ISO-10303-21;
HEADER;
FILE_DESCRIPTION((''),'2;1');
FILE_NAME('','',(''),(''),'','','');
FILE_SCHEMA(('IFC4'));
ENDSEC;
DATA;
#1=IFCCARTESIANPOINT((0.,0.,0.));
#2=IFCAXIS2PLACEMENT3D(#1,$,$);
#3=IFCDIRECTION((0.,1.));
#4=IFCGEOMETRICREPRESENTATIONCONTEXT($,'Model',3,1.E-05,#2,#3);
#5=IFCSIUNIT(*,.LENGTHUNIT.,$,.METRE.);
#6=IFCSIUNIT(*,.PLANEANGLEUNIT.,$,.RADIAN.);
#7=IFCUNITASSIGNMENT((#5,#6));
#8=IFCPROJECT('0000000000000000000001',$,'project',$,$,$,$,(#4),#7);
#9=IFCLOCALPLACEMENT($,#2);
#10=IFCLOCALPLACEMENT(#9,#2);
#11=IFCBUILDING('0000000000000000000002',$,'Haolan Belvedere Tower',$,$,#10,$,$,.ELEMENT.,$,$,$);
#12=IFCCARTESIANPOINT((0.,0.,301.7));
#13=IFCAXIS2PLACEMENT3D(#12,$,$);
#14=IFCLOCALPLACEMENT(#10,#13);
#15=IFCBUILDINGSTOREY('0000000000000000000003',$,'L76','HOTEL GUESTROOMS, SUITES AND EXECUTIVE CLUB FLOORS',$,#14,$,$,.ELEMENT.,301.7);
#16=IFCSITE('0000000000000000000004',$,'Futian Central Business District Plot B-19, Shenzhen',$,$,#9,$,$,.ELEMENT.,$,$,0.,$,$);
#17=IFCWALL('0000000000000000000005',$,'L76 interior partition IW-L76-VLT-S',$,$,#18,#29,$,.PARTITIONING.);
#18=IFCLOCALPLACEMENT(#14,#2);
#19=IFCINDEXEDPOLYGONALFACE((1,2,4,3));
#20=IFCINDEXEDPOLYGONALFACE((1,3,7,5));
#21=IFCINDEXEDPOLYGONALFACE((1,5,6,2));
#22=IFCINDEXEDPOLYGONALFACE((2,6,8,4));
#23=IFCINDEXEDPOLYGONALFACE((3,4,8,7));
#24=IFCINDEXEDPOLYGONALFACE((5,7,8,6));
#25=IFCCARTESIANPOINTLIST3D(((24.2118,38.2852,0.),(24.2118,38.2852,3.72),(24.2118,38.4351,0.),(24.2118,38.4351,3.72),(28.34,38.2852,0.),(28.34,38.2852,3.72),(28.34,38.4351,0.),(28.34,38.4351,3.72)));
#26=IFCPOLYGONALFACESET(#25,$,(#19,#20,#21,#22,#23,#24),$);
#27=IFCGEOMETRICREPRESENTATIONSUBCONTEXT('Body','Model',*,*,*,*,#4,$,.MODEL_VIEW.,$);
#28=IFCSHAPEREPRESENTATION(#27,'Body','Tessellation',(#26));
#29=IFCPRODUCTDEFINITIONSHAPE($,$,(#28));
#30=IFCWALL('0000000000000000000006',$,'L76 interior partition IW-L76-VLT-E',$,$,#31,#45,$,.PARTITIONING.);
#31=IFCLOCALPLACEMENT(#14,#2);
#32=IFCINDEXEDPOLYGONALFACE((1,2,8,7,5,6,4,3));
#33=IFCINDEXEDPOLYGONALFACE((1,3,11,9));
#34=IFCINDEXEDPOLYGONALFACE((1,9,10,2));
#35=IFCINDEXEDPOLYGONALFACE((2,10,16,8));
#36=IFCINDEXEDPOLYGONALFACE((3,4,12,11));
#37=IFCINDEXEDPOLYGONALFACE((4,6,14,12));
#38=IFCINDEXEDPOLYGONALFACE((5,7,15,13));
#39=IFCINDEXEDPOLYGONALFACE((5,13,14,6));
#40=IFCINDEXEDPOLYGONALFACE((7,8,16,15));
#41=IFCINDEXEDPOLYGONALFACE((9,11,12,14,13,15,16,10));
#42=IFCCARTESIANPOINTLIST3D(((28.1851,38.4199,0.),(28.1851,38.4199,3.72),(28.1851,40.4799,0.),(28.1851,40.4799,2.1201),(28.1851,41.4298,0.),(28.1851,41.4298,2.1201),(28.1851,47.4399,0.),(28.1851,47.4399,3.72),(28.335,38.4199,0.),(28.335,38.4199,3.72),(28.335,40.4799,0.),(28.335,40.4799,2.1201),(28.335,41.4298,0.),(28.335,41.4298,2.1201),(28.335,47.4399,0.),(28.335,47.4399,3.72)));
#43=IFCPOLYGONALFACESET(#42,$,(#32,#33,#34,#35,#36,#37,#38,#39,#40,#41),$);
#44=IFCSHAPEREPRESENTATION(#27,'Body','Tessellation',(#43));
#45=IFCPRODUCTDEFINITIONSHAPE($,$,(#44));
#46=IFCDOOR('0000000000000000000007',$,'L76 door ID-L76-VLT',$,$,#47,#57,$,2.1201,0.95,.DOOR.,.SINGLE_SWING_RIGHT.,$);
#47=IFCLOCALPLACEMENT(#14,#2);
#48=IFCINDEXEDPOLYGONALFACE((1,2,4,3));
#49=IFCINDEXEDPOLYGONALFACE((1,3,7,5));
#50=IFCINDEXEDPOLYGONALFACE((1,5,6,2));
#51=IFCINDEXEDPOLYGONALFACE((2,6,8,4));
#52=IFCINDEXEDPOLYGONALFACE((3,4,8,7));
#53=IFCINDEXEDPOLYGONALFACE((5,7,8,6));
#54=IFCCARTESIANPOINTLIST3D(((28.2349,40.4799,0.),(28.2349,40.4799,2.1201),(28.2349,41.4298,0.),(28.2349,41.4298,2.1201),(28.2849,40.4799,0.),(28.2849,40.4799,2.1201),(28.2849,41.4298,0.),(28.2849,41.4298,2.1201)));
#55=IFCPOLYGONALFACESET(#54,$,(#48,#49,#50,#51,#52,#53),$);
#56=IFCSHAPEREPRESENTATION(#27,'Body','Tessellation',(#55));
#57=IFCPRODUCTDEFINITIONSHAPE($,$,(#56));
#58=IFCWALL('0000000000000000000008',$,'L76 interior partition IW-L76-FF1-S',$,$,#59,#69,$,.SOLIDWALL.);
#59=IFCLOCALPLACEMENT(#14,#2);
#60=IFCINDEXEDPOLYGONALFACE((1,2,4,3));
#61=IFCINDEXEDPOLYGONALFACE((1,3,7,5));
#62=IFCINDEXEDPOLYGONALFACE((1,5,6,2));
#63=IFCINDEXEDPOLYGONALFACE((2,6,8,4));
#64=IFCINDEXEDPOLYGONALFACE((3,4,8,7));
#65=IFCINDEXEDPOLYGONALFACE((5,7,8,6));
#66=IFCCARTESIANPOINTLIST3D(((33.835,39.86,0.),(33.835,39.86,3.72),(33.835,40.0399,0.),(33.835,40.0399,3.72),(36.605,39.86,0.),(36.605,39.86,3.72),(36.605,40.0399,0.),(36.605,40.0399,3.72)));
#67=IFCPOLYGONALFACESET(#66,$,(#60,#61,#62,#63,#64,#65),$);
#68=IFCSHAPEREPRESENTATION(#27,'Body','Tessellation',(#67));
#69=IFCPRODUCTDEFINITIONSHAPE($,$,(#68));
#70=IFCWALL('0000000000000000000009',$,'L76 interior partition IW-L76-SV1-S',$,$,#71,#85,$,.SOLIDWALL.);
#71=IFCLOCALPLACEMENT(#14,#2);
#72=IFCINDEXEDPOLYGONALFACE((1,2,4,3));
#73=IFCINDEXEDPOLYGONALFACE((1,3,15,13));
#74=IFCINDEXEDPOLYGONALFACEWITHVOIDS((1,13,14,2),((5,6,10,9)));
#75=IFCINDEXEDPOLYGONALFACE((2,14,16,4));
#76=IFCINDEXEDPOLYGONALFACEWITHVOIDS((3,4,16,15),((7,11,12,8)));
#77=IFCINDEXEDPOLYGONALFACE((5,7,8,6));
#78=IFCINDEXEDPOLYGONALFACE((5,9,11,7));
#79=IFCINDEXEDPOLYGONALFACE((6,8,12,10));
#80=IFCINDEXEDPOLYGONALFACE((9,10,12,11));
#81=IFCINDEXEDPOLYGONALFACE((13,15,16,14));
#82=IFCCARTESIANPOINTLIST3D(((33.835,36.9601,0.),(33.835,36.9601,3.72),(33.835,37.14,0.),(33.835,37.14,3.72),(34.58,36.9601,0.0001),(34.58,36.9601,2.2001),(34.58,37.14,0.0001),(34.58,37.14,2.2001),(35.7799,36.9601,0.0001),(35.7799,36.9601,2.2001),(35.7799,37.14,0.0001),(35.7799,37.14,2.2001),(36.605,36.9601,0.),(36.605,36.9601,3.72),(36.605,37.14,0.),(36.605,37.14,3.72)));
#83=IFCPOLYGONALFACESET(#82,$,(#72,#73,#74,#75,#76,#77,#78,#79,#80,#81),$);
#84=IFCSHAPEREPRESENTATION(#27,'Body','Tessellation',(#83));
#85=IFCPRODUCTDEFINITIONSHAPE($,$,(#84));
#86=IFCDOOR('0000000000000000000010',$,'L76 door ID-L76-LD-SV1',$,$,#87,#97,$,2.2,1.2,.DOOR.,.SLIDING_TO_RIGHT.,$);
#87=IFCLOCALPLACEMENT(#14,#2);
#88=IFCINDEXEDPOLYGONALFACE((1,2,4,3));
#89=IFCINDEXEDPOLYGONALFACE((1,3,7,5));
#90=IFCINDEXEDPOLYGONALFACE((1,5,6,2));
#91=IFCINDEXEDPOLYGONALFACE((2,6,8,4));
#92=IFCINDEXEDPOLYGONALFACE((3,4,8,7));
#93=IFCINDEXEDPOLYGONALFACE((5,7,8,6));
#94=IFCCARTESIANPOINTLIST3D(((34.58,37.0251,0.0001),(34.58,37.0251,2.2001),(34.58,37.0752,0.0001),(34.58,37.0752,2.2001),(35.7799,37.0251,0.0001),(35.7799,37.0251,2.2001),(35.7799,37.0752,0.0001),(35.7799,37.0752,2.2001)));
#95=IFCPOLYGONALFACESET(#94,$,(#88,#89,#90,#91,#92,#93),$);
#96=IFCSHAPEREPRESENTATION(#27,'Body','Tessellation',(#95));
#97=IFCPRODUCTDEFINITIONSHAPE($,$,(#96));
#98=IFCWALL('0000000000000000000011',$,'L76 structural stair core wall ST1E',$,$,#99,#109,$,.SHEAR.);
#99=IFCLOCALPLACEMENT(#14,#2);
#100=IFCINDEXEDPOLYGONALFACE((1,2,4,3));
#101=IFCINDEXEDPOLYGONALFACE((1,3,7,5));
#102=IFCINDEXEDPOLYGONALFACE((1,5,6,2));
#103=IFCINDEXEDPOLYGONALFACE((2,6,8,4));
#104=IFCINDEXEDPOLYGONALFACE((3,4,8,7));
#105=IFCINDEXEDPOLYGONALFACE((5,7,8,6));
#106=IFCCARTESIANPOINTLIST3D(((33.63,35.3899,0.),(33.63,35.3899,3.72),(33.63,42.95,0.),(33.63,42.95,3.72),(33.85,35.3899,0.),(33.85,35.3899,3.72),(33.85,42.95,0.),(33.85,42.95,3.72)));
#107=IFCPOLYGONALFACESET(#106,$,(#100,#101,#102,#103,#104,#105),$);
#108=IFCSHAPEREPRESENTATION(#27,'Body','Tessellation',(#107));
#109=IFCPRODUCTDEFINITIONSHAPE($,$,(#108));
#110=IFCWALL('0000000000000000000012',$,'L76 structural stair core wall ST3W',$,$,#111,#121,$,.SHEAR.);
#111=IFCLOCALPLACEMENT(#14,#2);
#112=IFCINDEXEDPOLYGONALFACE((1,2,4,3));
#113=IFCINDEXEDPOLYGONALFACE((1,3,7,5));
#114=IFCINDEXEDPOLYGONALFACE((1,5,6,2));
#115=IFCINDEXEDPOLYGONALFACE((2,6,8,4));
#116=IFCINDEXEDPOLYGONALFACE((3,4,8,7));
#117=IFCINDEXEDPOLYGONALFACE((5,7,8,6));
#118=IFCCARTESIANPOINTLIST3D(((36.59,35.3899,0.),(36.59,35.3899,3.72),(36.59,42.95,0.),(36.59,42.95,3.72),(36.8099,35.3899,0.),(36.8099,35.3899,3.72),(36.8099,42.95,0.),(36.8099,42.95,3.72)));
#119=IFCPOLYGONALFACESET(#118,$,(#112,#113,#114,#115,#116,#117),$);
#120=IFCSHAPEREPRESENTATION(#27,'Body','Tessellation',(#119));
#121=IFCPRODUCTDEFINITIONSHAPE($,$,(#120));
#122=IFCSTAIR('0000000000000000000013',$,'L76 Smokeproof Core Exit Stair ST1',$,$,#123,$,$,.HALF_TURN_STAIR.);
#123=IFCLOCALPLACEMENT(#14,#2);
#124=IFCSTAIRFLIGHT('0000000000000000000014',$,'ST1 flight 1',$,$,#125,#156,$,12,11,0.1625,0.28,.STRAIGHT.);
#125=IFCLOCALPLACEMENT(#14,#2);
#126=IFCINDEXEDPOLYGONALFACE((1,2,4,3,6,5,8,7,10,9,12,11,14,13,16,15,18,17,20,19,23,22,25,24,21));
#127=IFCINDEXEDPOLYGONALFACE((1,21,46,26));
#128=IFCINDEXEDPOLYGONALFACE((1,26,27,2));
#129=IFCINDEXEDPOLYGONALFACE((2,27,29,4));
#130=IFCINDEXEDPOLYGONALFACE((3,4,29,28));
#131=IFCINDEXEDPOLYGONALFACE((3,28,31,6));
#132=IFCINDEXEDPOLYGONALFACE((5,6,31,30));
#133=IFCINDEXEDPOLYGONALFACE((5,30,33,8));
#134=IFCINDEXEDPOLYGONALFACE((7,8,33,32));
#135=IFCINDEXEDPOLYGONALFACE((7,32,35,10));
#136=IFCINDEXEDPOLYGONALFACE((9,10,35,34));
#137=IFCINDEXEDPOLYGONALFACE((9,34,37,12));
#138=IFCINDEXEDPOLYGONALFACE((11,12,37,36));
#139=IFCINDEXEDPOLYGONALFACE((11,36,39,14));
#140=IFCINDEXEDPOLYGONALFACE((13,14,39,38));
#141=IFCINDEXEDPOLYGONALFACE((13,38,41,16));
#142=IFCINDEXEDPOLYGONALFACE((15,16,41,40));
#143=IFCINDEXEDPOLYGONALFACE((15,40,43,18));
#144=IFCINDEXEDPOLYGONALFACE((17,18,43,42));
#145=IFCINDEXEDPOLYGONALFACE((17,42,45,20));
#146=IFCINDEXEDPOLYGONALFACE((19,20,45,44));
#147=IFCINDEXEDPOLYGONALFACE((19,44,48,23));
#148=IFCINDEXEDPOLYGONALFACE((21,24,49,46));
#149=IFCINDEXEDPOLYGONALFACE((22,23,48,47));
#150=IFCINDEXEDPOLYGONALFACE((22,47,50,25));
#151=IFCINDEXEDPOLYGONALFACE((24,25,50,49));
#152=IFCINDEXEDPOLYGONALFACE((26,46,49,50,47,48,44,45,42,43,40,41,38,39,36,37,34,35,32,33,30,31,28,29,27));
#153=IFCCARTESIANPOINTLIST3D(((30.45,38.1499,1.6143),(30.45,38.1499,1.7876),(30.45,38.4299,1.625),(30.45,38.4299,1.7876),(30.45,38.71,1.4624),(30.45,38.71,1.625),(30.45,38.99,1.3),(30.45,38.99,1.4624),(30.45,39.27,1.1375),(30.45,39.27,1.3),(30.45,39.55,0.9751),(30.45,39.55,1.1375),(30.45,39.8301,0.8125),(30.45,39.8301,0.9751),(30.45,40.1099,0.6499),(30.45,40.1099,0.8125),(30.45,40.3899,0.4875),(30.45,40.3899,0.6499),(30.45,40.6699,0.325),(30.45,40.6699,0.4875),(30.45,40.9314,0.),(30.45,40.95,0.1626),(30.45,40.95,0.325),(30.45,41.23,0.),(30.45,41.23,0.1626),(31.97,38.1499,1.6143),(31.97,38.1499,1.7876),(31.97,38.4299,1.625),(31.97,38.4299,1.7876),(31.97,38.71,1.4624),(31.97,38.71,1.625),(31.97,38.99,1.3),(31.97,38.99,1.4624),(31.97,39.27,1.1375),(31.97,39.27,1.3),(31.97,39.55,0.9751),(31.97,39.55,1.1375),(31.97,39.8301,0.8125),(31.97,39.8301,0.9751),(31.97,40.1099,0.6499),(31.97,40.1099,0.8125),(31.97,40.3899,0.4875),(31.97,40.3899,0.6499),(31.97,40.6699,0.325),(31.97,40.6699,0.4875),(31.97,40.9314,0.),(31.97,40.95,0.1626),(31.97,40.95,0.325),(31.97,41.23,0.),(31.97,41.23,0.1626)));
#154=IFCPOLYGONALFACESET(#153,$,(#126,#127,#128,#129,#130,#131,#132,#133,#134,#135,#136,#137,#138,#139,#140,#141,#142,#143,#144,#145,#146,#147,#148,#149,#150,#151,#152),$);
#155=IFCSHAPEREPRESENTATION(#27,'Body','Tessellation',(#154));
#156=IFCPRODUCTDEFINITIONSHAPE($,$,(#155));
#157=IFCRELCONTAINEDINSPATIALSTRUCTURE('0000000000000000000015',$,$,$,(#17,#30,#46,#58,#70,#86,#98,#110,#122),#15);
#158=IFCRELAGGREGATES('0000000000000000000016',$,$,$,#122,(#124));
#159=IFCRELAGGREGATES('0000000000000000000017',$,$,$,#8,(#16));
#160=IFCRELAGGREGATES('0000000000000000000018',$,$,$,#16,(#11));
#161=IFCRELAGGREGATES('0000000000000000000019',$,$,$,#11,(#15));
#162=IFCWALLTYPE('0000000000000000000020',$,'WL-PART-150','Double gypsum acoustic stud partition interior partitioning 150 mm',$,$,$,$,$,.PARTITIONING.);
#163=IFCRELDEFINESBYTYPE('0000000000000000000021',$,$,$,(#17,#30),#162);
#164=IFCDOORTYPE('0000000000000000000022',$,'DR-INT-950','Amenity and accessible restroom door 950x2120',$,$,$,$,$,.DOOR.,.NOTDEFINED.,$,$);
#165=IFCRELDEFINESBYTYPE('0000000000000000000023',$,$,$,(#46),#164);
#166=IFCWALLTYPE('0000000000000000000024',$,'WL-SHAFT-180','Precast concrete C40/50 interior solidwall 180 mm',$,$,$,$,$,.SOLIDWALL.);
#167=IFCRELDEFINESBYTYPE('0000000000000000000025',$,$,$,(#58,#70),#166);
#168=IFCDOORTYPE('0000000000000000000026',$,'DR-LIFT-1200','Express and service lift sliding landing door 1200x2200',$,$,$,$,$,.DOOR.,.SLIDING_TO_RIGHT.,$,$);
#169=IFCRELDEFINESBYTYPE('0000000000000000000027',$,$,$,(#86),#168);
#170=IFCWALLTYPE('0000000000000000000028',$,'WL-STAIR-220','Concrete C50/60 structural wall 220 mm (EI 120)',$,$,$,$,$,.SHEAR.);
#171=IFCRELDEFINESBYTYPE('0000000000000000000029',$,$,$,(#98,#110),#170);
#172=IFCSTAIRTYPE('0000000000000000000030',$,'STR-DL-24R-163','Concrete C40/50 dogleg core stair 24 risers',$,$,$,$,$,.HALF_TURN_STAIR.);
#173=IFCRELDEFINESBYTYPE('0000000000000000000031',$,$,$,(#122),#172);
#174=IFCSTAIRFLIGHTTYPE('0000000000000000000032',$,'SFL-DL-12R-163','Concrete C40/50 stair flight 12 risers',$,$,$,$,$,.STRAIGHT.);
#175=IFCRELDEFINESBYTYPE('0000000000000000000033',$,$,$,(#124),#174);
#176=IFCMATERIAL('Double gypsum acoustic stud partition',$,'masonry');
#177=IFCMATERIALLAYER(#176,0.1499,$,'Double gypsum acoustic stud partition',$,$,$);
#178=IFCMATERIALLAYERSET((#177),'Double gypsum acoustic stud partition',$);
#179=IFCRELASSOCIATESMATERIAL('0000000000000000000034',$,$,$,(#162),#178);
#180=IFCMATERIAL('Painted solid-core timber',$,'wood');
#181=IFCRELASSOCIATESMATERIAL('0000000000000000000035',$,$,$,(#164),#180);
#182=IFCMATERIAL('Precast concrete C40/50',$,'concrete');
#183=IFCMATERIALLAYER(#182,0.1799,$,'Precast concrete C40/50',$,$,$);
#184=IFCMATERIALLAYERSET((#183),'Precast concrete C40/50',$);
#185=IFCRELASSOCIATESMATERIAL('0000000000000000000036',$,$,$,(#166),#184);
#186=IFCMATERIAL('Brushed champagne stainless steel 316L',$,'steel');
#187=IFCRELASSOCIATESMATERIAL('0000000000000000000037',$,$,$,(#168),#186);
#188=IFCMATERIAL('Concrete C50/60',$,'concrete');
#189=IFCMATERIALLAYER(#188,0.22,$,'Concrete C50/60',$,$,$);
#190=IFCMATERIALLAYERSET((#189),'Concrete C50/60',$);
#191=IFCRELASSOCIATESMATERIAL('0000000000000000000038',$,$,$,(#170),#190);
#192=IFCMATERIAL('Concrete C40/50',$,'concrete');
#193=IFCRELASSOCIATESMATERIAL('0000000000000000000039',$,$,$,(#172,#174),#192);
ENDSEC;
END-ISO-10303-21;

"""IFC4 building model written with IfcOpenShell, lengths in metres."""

from ifc_helpers import new_model, si_unit, direction, frame, frame_2d, origin, place, context, subcontext, project, spatial, polyline, rectangle, outline, extrude, material, layer, layer_set, type_object, element, fill, aggregate, save


model = new_model("IFC4")

# Units and contexts
model_context = context("Model", 3, precision=1e-05, world=origin(), true_north=direction((0.0, 1.0)))
body_context = subcontext(model_context, "Body", "Model", "MODEL_VIEW")
ifc_project = project(units=[si_unit("LENGTHUNIT", "METRE"), si_unit("PLANEANGLEUNIT", "RADIAN")], contexts=[model_context])

# Site, building, storey
site_placement = place(None, origin())
site = spatial("IfcSite", under=ifc_project, at=site_placement, Name="Futian Central Business District Plot B-19, Shenzhen", CompositionType="ELEMENT", RefElevation=0.0)
building_placement = place(site_placement, origin())
building = spatial("IfcBuilding", under=site, at=building_placement, Name="Haolan Belvedere Tower", CompositionType="ELEMENT")
storey_placement = place(building_placement, frame((0.0, 0.0, 301.7)))
storey = spatial("IfcBuildingStorey", under=building, at=storey_placement, Name="L76", Description="HOTEL GUESTROOMS, SUITES AND EXECUTIVE CLUB FLOORS", CompositionType="ELEMENT", Elevation=301.7)

# Shared definitions
ifc_material_1 = material(Name="Concrete C50/60", Category="concrete")

# Shared definitions
ifc_material_2 = material(Name="Precast concrete C40/50", Category="concrete")

# Wall
ifc_material_3 = material(Name="Double gypsum acoustic stud partition", Category="masonry")
ifc_layer_1 = layer(ifc_material_3, 0.1499, Name="Double gypsum acoustic stud partition")
ifc_layer_set_1 = layer_set([ifc_layer_1], Name="Double gypsum acoustic stud partition")
wall_type_1 = type_object("IfcWallType", Name="WL-PART-150", Description="Double gypsum acoustic stud partition interior partitioning 150 mm", PredefinedType="PARTITIONING", material=ifc_layer_set_1)
for number, where, z_axis, x_axis, name in (
    (1, (24.2119, 38.3601, 0.0), (0.0, 0.0, 1.0), (1.0, 0.0, 0.0), "L76 interior partition IW-L76-VLT-S"),
):
    element("IfcWall", number, at=place(storey_placement, frame(where, z_axis=z_axis, x_axis=x_axis)), inside=storey, type_object=wall_type_1, Name=name, PredefinedType="PARTITIONING", context=body_context, shape_type="SweptSolid", body=[
        extrude(rectangle(XDim=4.1282, YDim=0.1499, at=frame_2d((2.064, 0.0))), origin(), (0.0, 0.0, 1.0), 3.72),
    ])

# Wall, opening, door
wall_1_placement = place(storey_placement, frame((28.26, 38.4199, 0.0), z_axis=(0.0, 0.0, 1.0), x_axis=(0.0, 1.0, 0.0)))
wall_1 = element("IfcWall", 2, at=wall_1_placement, inside=storey, type_object=wall_type_1, Name="L76 interior partition IW-L76-VLT-E", PredefinedType="PARTITIONING", context=body_context, shape_type="SweptSolid", body=[
    extrude(rectangle(XDim=9.02, YDim=0.1499, at=frame_2d((4.51, 0.0))), origin(), (0.0, 0.0, 1.0), 3.72),
])
opening_1_placement = place(wall_1_placement, frame((3.01, 0.0, 0.0), z_axis=(0.0, 0.0, 1.0), x_axis=(-1.0, 0.0, 0.0)))
opening_1 = element("IfcOpeningElement", 3, at=opening_1_placement, cuts=wall_1, PredefinedType="OPENING", context=body_context, shape_type="SweptSolid", body=[
    extrude(rectangle(XDim=0.95, YDim=2.1201, at=frame_2d((0.4751, 1.0601))), frame((0.0, 0.085, 0.0), z_axis=(0.0, -1.0, 0.0), x_axis=(1.0, 0.0, 0.0)), (0.0, 0.0, 1.0), 0.1699),
])
ifc_material_4 = material(Name="Painted solid-core timber", Category="wood")
door_type_1 = type_object("IfcDoorType", Name="DR-INT-950", Description="Amenity and accessible restroom door 950x2120", OperationType="NOTDEFINED", PredefinedType="DOOR", material=ifc_material_4)
door_1_placement = place(opening_1_placement, origin())
door_1 = element("IfcDoor", 4, at=door_1_placement, inside=storey, type_object=door_type_1, Name="L76 door ID-L76-VLT", OperationType="SINGLE_SWING_RIGHT", OverallHeight=2.1201, OverallWidth=0.95, PredefinedType="DOOR", context=body_context, shape_type="SweptSolid", body=[
    extrude(rectangle(XDim=0.95, YDim=2.1201, at=frame_2d((0.4751, 1.0601))), frame((0.0, 0.0249, 0.0), z_axis=(0.0, -1.0, 0.0), x_axis=(1.0, 0.0, 0.0)), (0.0, 0.0, 1.0), 0.05),
])
fill(opening_1, door_1)

# Wall
ifc_layer_2 = layer(ifc_material_2, 0.1799, Name="Precast concrete C40/50")
ifc_layer_set_2 = layer_set([ifc_layer_2], Name="Precast concrete C40/50")
wall_type_2 = type_object("IfcWallType", Name="WL-SHAFT-180", Description="Precast concrete C40/50 interior solidwall 180 mm", PredefinedType="SOLIDWALL", material=ifc_layer_set_2)
wall_2_placement = place(storey_placement, frame((33.835, 39.95, 0.0), z_axis=(0.0, 0.0, 1.0), x_axis=(1.0, 0.0, 0.0)))
element("IfcWall", 5, at=wall_2_placement, inside=storey, type_object=wall_type_2, Name="L76 interior partition IW-L76-FF1-S", PredefinedType="SOLIDWALL", context=body_context, shape_type="SweptSolid", body=[
    extrude(rectangle(XDim=2.77, YDim=0.1799, at=frame_2d((1.385, 0.0))), origin(), (0.0, 0.0, 1.0), 3.72),
])

# Wall, opening, door
wall_3_placement = place(storey_placement, frame((33.835, 37.05, 0.0), z_axis=(0.0, 0.0, 1.0), x_axis=(1.0, 0.0, 0.0)))
wall_3 = element("IfcWall", 6, at=wall_3_placement, inside=storey, type_object=wall_type_2, Name="L76 interior partition IW-L76-SV1-S", PredefinedType="SOLIDWALL", context=body_context, shape_type="SweptSolid", body=[
    extrude(rectangle(XDim=2.77, YDim=0.1799, at=frame_2d((1.385, 0.0))), origin(), (0.0, 0.0, 1.0), 3.72),
])
opening_2_placement = place(wall_3_placement, frame((1.9451, 0.0, 0.0), z_axis=(0.0, 0.0, 1.0), x_axis=(-1.0, 0.0, 0.0)))
opening_2 = element("IfcOpeningElement", 7, at=opening_2_placement, cuts=wall_3, PredefinedType="OPENING", context=body_context, shape_type="SweptSolid", body=[
    extrude(rectangle(XDim=1.2, YDim=2.2, at=frame_2d((0.6001, 1.1001))), frame((0.0, 0.0999, 0.0), z_axis=(0.0, -1.0, 0.0), x_axis=(1.0, 0.0, 0.0)), (0.0, 0.0, 1.0), 0.2),
])
ifc_material_5 = material(Name="Brushed champagne stainless steel 316L", Category="steel")
door_type_2 = type_object("IfcDoorType", Name="DR-LIFT-1200", Description="Express and service lift sliding landing door 1200x2200", OperationType="SLIDING_TO_RIGHT", PredefinedType="DOOR", material=ifc_material_5)
door_2_placement = place(opening_2_placement, origin())
door_2 = element("IfcDoor", 8, at=door_2_placement, inside=storey, type_object=door_type_2, Name="L76 door ID-L76-LD-SV1", OperationType="SLIDING_TO_RIGHT", OverallHeight=2.2, OverallWidth=1.2, PredefinedType="DOOR", context=body_context, shape_type="SweptSolid", body=[
    extrude(rectangle(XDim=1.2, YDim=2.2, at=frame_2d((0.6001, 1.1001))), frame((0.0, 0.0249, 0.0), z_axis=(0.0, -1.0, 0.0), x_axis=(1.0, 0.0, 0.0)), (0.0, 0.0, 1.0), 0.05),
])
fill(opening_2, door_2)

# Walls
ifc_layer_3 = layer(ifc_material_1, 0.22, Name="Concrete C50/60")
ifc_layer_set_3 = layer_set([ifc_layer_3], Name="Concrete C50/60")
wall_type_3 = type_object("IfcWallType", Name="WL-STAIR-220", Description="Concrete C50/60 structural wall 220 mm (EI 120)", PredefinedType="SHEAR", material=ifc_layer_set_3)
for number, where, z_axis, x_axis, name in (
    (9, (33.74, 35.3899, 0.0), (0.0, 0.0, 1.0), (0.0, 1.0, 0.0), "L76 structural stair core wall ST1E"),
    (10, (36.7, 35.3899, 0.0), (0.0, 0.0, 1.0), (0.0, 1.0, 0.0), "L76 structural stair core wall ST3W"),
):
    element("IfcWall", number, at=place(storey_placement, frame(where, z_axis=z_axis, x_axis=x_axis)), inside=storey, type_object=wall_type_3, Name=name, PredefinedType="SHEAR", context=body_context, shape_type="SweptSolid", body=[
        extrude(rectangle(XDim=7.5601, YDim=0.22, at=frame_2d((3.78, 0.0))), origin(), (0.0, 0.0, 1.0), 3.72),
    ])

# Stair, stair flight
ifc_material_6 = material(Name="Concrete C40/50", Category="concrete")
stair_type = type_object("IfcStairType", Name="STR-DL-24R-163", Description="Concrete C40/50 dogleg core stair 24 risers", PredefinedType="HALF_TURN_STAIR", material=ifc_material_6)
stair_1_placement = place(storey_placement, origin())
stair_1 = element("IfcStair", 11, at=stair_1_placement, inside=storey, type_object=stair_type, Name="L76 Smokeproof Core Exit Stair ST1", PredefinedType="HALF_TURN_STAIR")
stair_flight_type = type_object("IfcStairFlightType", Name="SFL-DL-12R-163", Description="Concrete C40/50 stair flight 12 risers", PredefinedType="STRAIGHT", material=ifc_material_6)
stair_flight_1_placement = place(storey_placement, frame((31.21, 41.23, 0.0), z_axis=(0.0, 0.0, 1.0), x_axis=(0.0, -1.0, 0.0)))
stair_flight_1 = element("IfcStairFlight", 12, at=stair_flight_1_placement, type_object=stair_flight_type, Name="ST1 flight 1", NumberOfRisers=12, NumberOfTreads=11, PredefinedType="STRAIGHT", RiserHeight=0.1625, TreadLength=0.28, context=body_context, shape_type="SweptSolid", body=[
    extrude(outline(polyline([(0.0, 0.0), (0.0, 0.1626), (0.28, 0.1626), (0.28, 0.325), (0.5601, 0.325), (0.5601, 0.4875), (0.8401, 0.4875), (0.8401, 0.6499), (1.1201, 0.6499), (1.1201, 0.8125), (1.3999, 0.8125), (1.3999, 0.9751), (1.6799, 0.9751), (1.6799, 1.1375), (1.96, 1.1375), (1.96, 1.3), (2.24, 1.3), (2.24, 1.4624), (2.52, 1.4624), (2.52, 1.625), (2.8, 1.625), (2.8, 1.7876), (3.0801, 1.7876), (3.0801, 1.95), (3.0801, 1.6143), (0.2986, 0.0), (0.0, 0.0)])), frame((0.0, 0.76, 0.0), z_axis=(0.0, -1.0, 0.0), x_axis=(1.0, 0.0, 0.0)), (0.0, 0.0, 1.0), 1.52),
])
aggregate(stair_1, [stair_flight_1])

save(model, "model.ifc")
